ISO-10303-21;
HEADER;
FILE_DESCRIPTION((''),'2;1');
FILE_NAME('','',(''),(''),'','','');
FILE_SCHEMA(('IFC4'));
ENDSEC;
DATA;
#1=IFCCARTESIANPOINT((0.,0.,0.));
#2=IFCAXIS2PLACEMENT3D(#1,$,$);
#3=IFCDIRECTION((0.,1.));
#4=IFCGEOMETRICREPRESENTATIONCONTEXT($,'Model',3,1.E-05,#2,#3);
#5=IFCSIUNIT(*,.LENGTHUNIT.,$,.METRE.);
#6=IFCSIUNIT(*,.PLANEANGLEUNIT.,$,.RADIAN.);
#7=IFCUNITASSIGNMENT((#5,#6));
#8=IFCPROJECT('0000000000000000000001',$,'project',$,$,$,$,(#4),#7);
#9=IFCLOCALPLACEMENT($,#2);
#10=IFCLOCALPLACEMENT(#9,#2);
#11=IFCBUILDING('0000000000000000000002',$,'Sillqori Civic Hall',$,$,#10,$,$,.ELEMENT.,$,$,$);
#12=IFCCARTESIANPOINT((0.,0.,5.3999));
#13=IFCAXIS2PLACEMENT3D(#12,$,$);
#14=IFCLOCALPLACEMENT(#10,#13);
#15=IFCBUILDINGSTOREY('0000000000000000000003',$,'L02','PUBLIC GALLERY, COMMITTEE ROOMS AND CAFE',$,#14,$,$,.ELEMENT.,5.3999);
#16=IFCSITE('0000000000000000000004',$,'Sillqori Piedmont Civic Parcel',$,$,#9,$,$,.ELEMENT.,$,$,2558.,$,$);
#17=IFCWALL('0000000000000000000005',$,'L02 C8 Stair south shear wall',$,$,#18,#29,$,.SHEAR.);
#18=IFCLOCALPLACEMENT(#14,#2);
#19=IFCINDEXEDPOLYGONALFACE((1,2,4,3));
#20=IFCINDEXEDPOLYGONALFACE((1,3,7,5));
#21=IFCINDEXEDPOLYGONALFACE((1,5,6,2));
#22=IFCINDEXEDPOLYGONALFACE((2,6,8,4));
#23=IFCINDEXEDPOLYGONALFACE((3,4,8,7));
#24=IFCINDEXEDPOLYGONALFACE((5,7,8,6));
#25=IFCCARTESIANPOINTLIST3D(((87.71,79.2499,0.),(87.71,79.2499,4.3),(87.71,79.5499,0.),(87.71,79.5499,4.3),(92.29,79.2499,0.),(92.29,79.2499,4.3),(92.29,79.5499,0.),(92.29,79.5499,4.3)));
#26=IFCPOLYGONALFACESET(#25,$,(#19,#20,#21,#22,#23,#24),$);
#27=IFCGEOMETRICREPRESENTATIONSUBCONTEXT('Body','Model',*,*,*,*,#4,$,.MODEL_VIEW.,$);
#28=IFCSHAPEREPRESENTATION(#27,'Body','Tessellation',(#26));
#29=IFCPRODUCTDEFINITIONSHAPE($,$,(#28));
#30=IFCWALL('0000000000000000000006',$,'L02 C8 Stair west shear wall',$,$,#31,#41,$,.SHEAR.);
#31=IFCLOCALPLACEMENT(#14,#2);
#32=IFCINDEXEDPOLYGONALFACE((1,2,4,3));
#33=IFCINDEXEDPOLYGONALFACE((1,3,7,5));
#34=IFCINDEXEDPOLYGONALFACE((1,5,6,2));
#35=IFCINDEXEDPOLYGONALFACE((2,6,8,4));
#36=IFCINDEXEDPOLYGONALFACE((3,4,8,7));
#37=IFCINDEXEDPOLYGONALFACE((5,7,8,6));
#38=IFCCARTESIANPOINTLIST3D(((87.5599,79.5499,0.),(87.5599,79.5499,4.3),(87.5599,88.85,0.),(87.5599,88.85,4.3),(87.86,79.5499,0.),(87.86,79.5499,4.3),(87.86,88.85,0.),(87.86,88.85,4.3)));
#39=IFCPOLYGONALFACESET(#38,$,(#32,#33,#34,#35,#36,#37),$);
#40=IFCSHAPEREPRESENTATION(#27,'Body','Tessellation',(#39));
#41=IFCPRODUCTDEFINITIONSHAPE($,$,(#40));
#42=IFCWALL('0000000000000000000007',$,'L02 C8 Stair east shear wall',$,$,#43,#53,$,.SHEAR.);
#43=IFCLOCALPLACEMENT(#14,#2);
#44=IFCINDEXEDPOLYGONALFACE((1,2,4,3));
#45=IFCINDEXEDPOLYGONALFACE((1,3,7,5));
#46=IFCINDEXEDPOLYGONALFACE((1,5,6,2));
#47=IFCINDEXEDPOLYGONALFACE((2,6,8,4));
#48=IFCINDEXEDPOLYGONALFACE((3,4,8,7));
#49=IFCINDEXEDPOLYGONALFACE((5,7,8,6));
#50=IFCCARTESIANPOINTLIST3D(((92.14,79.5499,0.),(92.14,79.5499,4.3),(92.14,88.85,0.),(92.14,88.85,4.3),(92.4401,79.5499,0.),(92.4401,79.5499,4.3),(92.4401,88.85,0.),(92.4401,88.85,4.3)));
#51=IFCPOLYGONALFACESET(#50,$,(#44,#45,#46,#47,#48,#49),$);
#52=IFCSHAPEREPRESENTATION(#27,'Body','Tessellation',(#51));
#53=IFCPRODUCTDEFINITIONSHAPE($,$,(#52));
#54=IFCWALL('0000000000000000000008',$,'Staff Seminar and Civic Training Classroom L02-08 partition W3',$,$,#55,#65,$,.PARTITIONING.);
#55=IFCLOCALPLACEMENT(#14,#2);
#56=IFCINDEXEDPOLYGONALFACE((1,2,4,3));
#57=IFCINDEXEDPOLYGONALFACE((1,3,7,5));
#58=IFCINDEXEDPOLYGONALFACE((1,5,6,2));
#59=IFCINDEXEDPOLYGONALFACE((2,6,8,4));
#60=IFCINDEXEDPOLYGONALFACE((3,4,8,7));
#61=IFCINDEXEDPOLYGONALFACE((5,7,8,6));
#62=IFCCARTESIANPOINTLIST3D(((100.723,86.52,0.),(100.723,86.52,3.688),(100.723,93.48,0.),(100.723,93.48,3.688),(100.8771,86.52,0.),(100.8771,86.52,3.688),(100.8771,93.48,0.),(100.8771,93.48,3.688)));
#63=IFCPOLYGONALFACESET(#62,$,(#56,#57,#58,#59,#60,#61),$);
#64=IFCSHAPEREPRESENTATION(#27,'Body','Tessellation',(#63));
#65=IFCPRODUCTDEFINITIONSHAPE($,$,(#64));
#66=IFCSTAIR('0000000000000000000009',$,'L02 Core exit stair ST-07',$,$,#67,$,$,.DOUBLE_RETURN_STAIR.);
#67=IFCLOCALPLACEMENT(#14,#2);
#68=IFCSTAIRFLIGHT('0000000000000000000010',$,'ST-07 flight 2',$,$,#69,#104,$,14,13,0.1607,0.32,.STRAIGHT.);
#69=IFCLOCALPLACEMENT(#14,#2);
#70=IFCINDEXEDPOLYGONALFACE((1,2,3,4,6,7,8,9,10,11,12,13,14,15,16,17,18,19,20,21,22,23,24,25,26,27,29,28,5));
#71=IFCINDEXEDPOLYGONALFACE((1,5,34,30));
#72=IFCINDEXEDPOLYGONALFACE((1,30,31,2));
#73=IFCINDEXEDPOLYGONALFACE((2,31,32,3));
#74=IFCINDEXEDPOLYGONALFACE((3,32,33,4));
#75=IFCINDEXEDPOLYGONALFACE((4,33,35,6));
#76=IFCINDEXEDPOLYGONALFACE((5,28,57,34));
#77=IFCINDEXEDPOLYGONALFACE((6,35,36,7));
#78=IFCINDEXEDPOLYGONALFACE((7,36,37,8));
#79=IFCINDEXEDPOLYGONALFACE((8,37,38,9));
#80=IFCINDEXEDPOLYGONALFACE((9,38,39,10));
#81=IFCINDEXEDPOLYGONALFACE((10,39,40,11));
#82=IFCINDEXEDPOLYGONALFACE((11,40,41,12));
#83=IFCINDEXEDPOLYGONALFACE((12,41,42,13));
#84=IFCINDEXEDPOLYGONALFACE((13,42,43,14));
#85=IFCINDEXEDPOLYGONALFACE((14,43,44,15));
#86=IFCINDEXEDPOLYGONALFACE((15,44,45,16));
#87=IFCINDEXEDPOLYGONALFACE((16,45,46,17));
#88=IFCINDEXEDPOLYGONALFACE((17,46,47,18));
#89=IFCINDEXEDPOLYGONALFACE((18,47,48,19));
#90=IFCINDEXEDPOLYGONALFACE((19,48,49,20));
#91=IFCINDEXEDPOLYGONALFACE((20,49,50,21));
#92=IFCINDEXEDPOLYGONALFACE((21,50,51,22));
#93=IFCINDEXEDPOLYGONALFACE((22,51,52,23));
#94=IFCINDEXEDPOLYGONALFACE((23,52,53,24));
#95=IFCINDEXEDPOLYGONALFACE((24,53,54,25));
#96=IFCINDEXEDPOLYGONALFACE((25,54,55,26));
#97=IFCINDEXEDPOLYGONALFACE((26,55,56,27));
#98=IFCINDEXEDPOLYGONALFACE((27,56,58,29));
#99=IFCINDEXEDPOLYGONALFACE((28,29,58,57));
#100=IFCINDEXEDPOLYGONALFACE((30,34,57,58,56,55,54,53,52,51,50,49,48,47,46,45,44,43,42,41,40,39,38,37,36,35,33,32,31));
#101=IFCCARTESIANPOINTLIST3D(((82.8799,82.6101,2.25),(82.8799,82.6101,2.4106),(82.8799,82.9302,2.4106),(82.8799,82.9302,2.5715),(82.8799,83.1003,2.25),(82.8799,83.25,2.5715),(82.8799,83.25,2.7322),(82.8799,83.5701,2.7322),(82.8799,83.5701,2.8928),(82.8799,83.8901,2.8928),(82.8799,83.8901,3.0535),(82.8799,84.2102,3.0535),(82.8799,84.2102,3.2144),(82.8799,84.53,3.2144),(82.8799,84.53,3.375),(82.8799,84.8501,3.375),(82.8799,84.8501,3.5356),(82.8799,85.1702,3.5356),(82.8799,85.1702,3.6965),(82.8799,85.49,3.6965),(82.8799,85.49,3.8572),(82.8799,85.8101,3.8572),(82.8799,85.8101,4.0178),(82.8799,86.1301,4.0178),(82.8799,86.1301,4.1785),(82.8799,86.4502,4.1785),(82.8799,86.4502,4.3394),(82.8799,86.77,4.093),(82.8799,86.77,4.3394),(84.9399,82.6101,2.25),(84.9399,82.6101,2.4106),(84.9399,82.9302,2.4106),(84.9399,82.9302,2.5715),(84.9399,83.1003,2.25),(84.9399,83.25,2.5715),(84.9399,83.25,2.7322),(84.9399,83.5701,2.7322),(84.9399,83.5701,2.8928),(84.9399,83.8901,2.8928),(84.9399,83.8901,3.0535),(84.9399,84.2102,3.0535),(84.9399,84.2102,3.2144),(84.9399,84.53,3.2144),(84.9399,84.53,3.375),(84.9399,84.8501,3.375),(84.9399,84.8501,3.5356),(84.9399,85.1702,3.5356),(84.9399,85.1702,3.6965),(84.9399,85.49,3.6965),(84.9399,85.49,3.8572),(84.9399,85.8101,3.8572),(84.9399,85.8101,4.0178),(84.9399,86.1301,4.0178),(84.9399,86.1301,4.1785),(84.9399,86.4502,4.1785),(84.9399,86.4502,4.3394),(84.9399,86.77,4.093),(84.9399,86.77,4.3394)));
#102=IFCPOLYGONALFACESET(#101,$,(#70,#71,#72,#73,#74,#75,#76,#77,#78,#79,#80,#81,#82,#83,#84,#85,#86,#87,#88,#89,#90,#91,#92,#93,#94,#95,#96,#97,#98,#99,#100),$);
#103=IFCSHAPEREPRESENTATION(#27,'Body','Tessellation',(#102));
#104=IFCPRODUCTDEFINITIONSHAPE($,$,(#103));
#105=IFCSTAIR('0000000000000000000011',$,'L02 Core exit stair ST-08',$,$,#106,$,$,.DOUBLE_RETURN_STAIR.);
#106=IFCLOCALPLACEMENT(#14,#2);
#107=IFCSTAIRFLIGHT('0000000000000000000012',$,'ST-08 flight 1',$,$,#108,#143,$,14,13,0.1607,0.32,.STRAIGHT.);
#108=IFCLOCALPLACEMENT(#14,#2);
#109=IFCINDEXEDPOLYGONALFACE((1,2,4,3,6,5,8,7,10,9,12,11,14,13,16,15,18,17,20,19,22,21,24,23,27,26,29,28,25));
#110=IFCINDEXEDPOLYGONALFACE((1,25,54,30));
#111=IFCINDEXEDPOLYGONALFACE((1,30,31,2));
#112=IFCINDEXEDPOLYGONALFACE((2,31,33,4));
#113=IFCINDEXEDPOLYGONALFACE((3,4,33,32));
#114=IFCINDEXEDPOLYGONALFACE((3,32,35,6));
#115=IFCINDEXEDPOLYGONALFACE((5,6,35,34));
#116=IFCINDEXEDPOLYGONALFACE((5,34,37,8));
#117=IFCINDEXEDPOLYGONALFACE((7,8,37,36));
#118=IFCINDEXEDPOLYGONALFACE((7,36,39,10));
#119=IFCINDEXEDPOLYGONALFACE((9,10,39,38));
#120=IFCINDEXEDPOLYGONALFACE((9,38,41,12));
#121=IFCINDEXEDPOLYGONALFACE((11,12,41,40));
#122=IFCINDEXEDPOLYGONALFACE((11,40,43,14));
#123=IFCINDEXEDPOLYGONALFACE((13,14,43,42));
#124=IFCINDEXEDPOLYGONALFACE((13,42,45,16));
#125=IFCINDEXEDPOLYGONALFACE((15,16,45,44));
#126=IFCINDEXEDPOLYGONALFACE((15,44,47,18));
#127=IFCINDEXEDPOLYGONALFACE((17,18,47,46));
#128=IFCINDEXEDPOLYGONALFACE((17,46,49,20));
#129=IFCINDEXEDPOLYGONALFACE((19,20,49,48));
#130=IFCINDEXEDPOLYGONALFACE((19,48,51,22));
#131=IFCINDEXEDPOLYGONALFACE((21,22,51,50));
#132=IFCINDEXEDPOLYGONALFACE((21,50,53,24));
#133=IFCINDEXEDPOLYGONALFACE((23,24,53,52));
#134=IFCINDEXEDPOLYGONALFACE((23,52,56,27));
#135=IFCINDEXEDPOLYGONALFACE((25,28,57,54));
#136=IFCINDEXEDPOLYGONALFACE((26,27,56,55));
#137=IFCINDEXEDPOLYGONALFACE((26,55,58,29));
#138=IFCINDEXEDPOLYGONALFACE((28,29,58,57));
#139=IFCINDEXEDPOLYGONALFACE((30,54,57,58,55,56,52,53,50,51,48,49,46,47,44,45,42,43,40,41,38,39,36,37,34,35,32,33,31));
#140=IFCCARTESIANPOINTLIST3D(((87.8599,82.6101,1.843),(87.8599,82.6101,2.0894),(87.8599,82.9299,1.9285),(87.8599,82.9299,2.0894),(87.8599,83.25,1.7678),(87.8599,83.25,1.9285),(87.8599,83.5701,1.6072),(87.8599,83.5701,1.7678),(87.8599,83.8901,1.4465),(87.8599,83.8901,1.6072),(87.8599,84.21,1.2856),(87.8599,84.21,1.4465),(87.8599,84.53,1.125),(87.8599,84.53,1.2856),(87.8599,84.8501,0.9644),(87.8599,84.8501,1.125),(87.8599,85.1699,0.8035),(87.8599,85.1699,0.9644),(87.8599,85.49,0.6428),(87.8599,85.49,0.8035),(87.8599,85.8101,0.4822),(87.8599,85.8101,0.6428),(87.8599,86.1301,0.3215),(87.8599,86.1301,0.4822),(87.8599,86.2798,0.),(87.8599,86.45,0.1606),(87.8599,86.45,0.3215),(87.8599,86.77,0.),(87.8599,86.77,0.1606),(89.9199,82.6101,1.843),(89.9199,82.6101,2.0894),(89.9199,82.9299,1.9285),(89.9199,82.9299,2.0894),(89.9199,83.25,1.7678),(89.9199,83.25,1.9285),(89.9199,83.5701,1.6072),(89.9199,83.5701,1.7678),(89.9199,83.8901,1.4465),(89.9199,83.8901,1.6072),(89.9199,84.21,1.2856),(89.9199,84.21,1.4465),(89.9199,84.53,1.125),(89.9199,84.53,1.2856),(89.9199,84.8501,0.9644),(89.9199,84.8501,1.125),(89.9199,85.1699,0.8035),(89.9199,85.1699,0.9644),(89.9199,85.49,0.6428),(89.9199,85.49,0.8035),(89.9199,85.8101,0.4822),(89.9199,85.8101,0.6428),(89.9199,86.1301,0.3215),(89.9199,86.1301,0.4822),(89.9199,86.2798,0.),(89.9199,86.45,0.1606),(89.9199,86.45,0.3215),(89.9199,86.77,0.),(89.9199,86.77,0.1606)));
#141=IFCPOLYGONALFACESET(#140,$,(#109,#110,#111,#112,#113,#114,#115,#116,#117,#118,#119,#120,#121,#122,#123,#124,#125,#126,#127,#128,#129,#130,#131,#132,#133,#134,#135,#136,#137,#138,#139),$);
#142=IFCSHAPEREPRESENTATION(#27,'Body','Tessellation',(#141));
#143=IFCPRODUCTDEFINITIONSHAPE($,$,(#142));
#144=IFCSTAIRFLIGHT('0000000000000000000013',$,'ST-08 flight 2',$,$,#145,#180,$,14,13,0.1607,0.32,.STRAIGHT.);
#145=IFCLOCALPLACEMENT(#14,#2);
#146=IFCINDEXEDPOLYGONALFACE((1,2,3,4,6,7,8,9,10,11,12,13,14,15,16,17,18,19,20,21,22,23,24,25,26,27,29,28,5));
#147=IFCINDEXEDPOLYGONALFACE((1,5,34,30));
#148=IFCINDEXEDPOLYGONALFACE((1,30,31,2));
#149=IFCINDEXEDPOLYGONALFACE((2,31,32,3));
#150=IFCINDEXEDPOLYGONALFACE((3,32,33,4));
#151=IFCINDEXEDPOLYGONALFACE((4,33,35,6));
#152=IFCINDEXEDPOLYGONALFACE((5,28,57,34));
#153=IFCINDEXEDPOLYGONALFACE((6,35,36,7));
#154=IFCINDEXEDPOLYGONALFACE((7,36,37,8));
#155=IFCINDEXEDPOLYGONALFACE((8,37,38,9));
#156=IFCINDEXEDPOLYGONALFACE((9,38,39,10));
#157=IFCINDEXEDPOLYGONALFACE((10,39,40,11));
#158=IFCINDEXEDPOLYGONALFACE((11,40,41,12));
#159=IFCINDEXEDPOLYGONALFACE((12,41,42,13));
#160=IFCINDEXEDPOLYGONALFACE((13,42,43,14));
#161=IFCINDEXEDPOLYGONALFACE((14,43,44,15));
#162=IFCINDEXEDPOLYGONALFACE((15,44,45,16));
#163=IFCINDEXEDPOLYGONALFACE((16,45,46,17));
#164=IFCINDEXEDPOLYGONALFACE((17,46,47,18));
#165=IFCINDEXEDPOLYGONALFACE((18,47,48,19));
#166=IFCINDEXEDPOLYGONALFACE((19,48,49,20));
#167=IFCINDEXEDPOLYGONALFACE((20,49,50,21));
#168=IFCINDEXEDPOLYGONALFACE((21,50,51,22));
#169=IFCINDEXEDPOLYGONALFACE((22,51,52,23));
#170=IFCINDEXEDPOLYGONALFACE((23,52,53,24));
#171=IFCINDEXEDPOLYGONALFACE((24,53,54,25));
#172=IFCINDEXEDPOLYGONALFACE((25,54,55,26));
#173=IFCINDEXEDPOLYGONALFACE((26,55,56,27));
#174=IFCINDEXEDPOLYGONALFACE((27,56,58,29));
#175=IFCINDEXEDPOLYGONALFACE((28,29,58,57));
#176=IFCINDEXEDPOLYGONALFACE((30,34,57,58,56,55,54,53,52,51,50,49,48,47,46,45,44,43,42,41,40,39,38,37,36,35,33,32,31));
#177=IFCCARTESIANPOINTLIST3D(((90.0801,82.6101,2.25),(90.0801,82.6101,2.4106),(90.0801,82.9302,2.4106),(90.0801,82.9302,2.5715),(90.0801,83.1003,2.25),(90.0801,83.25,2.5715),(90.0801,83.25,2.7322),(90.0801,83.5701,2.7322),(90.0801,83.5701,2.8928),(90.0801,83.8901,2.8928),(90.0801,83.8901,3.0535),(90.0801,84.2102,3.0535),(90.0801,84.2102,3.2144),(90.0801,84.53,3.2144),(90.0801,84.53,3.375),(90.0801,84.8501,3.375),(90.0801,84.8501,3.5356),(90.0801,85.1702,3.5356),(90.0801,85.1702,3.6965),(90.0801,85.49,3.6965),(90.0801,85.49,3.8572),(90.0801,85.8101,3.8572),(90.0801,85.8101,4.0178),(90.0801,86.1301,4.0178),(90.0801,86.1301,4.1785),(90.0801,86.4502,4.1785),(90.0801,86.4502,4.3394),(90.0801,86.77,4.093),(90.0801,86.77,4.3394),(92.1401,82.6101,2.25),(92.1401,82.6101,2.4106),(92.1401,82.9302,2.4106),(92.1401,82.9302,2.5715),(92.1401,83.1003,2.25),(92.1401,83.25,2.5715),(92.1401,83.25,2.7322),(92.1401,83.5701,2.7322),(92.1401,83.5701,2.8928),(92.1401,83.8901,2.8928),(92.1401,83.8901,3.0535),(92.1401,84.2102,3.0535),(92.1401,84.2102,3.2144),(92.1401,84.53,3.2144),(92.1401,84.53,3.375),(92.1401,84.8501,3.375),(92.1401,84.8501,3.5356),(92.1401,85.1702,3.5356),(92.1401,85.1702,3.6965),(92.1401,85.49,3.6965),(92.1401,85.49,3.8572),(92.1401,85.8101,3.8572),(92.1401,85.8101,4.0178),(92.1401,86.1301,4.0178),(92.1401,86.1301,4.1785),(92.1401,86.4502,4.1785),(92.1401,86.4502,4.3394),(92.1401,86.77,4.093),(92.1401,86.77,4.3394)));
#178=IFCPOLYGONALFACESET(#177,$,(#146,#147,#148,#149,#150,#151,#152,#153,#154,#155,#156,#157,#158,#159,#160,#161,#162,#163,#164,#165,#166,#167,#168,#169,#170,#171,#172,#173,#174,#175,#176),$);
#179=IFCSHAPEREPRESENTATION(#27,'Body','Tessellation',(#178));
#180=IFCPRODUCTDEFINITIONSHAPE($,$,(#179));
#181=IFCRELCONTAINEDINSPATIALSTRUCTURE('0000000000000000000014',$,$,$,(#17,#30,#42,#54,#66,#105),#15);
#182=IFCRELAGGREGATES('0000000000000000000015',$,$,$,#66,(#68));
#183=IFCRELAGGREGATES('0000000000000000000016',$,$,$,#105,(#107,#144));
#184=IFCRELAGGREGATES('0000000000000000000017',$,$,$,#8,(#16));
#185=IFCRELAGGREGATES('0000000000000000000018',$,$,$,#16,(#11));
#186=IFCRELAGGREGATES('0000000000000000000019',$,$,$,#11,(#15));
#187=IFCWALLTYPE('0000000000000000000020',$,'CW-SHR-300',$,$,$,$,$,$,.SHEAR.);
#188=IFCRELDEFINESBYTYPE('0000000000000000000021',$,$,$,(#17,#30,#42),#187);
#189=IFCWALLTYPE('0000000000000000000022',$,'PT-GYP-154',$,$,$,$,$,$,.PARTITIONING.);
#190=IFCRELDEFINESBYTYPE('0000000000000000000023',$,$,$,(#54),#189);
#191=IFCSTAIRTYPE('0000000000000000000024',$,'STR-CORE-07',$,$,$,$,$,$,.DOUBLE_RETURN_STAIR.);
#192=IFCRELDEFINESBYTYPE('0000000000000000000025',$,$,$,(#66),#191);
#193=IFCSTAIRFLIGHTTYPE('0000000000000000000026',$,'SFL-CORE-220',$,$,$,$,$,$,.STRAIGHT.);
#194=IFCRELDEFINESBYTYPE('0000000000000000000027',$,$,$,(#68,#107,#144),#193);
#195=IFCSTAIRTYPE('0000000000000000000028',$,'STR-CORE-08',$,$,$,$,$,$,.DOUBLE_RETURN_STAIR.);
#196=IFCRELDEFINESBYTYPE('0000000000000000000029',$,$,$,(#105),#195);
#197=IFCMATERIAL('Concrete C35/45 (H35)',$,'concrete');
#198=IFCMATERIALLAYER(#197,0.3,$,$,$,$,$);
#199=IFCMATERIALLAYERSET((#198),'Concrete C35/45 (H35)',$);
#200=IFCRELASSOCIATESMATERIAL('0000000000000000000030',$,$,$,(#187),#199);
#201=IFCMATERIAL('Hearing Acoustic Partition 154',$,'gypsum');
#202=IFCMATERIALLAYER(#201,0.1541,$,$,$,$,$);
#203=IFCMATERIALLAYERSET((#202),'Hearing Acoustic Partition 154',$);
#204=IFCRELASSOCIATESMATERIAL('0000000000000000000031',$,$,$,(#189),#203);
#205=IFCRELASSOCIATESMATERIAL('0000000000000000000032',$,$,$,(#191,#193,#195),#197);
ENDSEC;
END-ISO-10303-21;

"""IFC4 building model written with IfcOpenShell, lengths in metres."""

from ifc_helpers import new_model, si_unit, direction, frame, frame_2d, origin, place, context, subcontext, project, spatial, polyline, rectangle, outline, extrude, material, layer, layer_set, type_object, element, aggregate, save


model = new_model("IFC4")

# Units and contexts
model_context = context("Model", 3, precision=1e-05, world=origin(), true_north=direction((0.0, 1.0)))
body_context = subcontext(model_context, "Body", "Model", "MODEL_VIEW")
ifc_project = project(units=[si_unit("LENGTHUNIT", "METRE"), si_unit("PLANEANGLEUNIT", "RADIAN")], contexts=[model_context])

# Site, building, storey
site_placement = place(None, origin())
site = spatial("IfcSite", under=ifc_project, at=site_placement, Name="Sillqori Piedmont Civic Parcel", CompositionType="ELEMENT", RefElevation=2558.0)
building_placement = place(site_placement, origin())
building = spatial("IfcBuilding", under=site, at=building_placement, Name="Sillqori Civic Hall", CompositionType="ELEMENT")
storey_placement = place(building_placement, frame((0.0, 0.0, 5.3999)))
storey = spatial("IfcBuildingStorey", under=building, at=storey_placement, Name="L02", Description="PUBLIC GALLERY, COMMITTEE ROOMS AND CAFE", CompositionType="ELEMENT", Elevation=5.3999)

# Shared definitions
ifc_material_1 = material(Name="Concrete C35/45 (H35)", Category="concrete")

# Walls
ifc_layer_1 = layer(ifc_material_1, 0.3)
ifc_layer_set_1 = layer_set([ifc_layer_1], Name="Concrete C35/45 (H35)")
wall_type_1 = type_object("IfcWallType", Name="CW-SHR-300", PredefinedType="SHEAR", material=ifc_layer_set_1)
wall_1_placement = place(storey_placement, frame((87.71, 79.3999, 0.0), z_axis=(0.0, 0.0, 1.0), x_axis=(1.0, 0.0, 0.0)))
element("IfcWall", 1, at=wall_1_placement, inside=storey, type_object=wall_type_1, Name="L02 C8 Stair south shear wall", PredefinedType="SHEAR", context=body_context, shape_type="SweptSolid", body=[
    extrude(rectangle(XDim=4.5801, YDim=0.3, at=frame_2d((2.29, 0.0))), origin(), (0.0, 0.0, 1.0), 4.3),
])
for number, where, z_axis, x_axis, name in (
    (2, (87.71, 79.55, 0.0), (0.0, 0.0, 1.0), (0.0, 1.0, 0.0), "L02 C8 Stair west shear wall"),
    (3, (92.29, 79.55, 0.0), (0.0, 0.0, 1.0), (0.0, 1.0, 0.0), "L02 C8 Stair east shear wall"),
):
    element("IfcWall", number, at=place(storey_placement, frame(where, z_axis=z_axis, x_axis=x_axis)), inside=storey, type_object=wall_type_1, Name=name, PredefinedType="SHEAR", context=body_context, shape_type="SweptSolid", body=[
        extrude(rectangle(XDim=9.3, YDim=0.3, at=frame_2d((4.6499, 0.0))), origin(), (0.0, 0.0, 1.0), 4.3),
    ])
ifc_material_2 = material(Name="Hearing Acoustic Partition 154", Category="gypsum")
ifc_layer_2 = layer(ifc_material_2, 0.1541)
ifc_layer_set_2 = layer_set([ifc_layer_2], Name="Hearing Acoustic Partition 154")
wall_type_2 = type_object("IfcWallType", Name="PT-GYP-154", PredefinedType="PARTITIONING", material=ifc_layer_set_2)
wall_2_placement = place(storey_placement, frame((100.8, 86.52, 0.0), z_axis=(0.0, 0.0, 1.0), x_axis=(0.0, 1.0, 0.0)))
element("IfcWall", 4, at=wall_2_placement, inside=storey, type_object=wall_type_2, Name="Staff Seminar and Civic Training Classroom L02-08 partition W3", PredefinedType="PARTITIONING", context=body_context, shape_type="SweptSolid", body=[
    extrude(rectangle(XDim=6.96, YDim=0.1541, at=frame_2d((3.48, 0.0))), origin(), (0.0, 0.0, 1.0), 3.688),
])

# Stair, stair flight
stair_type_1 = type_object("IfcStairType", Name="STR-CORE-07", PredefinedType="DOUBLE_RETURN_STAIR", material=ifc_material_1)
stair_1_placement = place(storey_placement, origin())
stair_1 = element("IfcStair", 5, at=stair_1_placement, inside=storey, type_object=stair_type_1, Name="L02 Core exit stair ST-07", PredefinedType="DOUBLE_RETURN_STAIR")
stair_flight_type = type_object("IfcStairFlightType", Name="SFL-CORE-220", PredefinedType="STRAIGHT", material=ifc_material_1)
stair_flight_1_placement = place(storey_placement, frame((83.9099, 82.6101, 2.25), z_axis=(0.0, 0.0, 1.0), x_axis=(0.0, 1.0, 0.0)))
stair_flight_1 = element("IfcStairFlight", 6, at=stair_flight_1_placement, type_object=stair_flight_type, Name="ST-07 flight 2", NumberOfRisers=14, NumberOfTreads=13, PredefinedType="STRAIGHT", RiserHeight=0.1607, TreadLength=0.32, context=body_context, shape_type="SweptSolid", body=[
    extrude(outline(polyline([(0.0, 0.0), (0.0, 0.1606), (0.3201, 0.1606), (0.3201, 0.3215), (0.6399, 0.3215), (0.6399, 0.4822), (0.96, 0.4822), (0.96, 0.6428), (1.28, 0.6428), (1.28, 0.8035), (1.6001, 0.8035), (1.6001, 0.9644), (1.9199, 0.9644), (1.9199, 1.125), (2.24, 1.125), (2.24, 1.2856), (2.5601, 1.2856), (2.5601, 1.4465), (2.8799, 1.4465), (2.8799, 1.6072), (3.2, 1.6072), (3.2, 1.7678), (3.52, 1.7678), (3.52, 1.9285), (3.8401, 1.9285), (3.8401, 2.0894), (4.1599, 2.0894), (4.1599, 2.25), (4.1599, 1.843), (0.4902, 0.0), (0.0, 0.0)])), frame((0.0, 1.03, 0.0), z_axis=(0.0, -1.0, 0.0), x_axis=(1.0, 0.0, 0.0)), (0.0, 0.0, 1.0), 2.0601),
])
aggregate(stair_1, [stair_flight_1])

# Stair, stair flights
stair_type_2 = type_object("IfcStairType", Name="STR-CORE-08", PredefinedType="DOUBLE_RETURN_STAIR", material=ifc_material_1)
stair_2_placement = place(storey_placement, origin())
stair_2 = element("IfcStair", 7, at=stair_2_placement, inside=storey, type_object=stair_type_2, Name="L02 Core exit stair ST-08", PredefinedType="DOUBLE_RETURN_STAIR")
stair_flight_2_placement = place(storey_placement, frame((88.8899, 86.77, 0.0), z_axis=(0.0, 0.0, 1.0), x_axis=(0.0, -1.0, 0.0)))
stair_flight_2 = element("IfcStairFlight", 8, at=stair_flight_2_placement, type_object=stair_flight_type, Name="ST-08 flight 1", NumberOfRisers=14, NumberOfTreads=13, PredefinedType="STRAIGHT", RiserHeight=0.1607, TreadLength=0.32, context=body_context, shape_type="SweptSolid", body=[
    extrude(outline(polyline([(0.0, 0.0), (0.0, 0.1606), (0.3201, 0.1606), (0.3201, 0.3215), (0.6399, 0.3215), (0.6399, 0.4822), (0.96, 0.4822), (0.96, 0.6428), (1.28, 0.6428), (1.28, 0.8035), (1.6001, 0.8035), (1.6001, 0.9644), (1.9199, 0.9644), (1.9199, 1.125), (2.24, 1.125), (2.24, 1.2856), (2.5601, 1.2856), (2.5601, 1.4465), (2.8799, 1.4465), (2.8799, 1.6072), (3.2, 1.6072), (3.2, 1.7678), (3.52, 1.7678), (3.52, 1.9285), (3.8401, 1.9285), (3.8401, 2.0894), (4.1599, 2.0894), (4.1599, 2.25), (4.1599, 1.843), (0.4902, 0.0), (0.0, 0.0)])), frame((0.0, 1.03, 0.0), z_axis=(0.0, -1.0, 0.0), x_axis=(1.0, 0.0, 0.0)), (0.0, 0.0, 1.0), 2.0601),
])
stair_flight_3_placement = place(storey_placement, frame((91.1101, 82.6101, 2.25), z_axis=(0.0, 0.0, 1.0), x_axis=(0.0, 1.0, 0.0)))
stair_flight_3 = element("IfcStairFlight", 9, at=stair_flight_3_placement, type_object=stair_flight_type, Name="ST-08 flight 2", NumberOfRisers=14, NumberOfTreads=13, PredefinedType="STRAIGHT", RiserHeight=0.1607, TreadLength=0.32, context=body_context, shape_type="SweptSolid", body=[
    extrude(outline(polyline([(0.0, 0.0), (0.0, 0.1606), (0.3201, 0.1606), (0.3201, 0.3215), (0.6399, 0.3215), (0.6399, 0.4822), (0.96, 0.4822), (0.96, 0.6428), (1.28, 0.6428), (1.28, 0.8035), (1.6001, 0.8035), (1.6001, 0.9644), (1.9199, 0.9644), (1.9199, 1.125), (2.24, 1.125), (2.24, 1.2856), (2.5601, 1.2856), (2.5601, 1.4465), (2.8799, 1.4465), (2.8799, 1.6072), (3.2, 1.6072), (3.2, 1.7678), (3.52, 1.7678), (3.52, 1.9285), (3.8401, 1.9285), (3.8401, 2.0894), (4.1599, 2.0894), (4.1599, 2.25), (4.1599, 1.843), (0.4902, 0.0), (0.0, 0.0)])), frame((0.0, 1.03, 0.0), z_axis=(0.0, -1.0, 0.0), x_axis=(1.0, 0.0, 0.0)), (0.0, 0.0, 1.0), 2.0601),
])
aggregate(stair_2, [stair_flight_2, stair_flight_3])

save(model, "model.ifc")
